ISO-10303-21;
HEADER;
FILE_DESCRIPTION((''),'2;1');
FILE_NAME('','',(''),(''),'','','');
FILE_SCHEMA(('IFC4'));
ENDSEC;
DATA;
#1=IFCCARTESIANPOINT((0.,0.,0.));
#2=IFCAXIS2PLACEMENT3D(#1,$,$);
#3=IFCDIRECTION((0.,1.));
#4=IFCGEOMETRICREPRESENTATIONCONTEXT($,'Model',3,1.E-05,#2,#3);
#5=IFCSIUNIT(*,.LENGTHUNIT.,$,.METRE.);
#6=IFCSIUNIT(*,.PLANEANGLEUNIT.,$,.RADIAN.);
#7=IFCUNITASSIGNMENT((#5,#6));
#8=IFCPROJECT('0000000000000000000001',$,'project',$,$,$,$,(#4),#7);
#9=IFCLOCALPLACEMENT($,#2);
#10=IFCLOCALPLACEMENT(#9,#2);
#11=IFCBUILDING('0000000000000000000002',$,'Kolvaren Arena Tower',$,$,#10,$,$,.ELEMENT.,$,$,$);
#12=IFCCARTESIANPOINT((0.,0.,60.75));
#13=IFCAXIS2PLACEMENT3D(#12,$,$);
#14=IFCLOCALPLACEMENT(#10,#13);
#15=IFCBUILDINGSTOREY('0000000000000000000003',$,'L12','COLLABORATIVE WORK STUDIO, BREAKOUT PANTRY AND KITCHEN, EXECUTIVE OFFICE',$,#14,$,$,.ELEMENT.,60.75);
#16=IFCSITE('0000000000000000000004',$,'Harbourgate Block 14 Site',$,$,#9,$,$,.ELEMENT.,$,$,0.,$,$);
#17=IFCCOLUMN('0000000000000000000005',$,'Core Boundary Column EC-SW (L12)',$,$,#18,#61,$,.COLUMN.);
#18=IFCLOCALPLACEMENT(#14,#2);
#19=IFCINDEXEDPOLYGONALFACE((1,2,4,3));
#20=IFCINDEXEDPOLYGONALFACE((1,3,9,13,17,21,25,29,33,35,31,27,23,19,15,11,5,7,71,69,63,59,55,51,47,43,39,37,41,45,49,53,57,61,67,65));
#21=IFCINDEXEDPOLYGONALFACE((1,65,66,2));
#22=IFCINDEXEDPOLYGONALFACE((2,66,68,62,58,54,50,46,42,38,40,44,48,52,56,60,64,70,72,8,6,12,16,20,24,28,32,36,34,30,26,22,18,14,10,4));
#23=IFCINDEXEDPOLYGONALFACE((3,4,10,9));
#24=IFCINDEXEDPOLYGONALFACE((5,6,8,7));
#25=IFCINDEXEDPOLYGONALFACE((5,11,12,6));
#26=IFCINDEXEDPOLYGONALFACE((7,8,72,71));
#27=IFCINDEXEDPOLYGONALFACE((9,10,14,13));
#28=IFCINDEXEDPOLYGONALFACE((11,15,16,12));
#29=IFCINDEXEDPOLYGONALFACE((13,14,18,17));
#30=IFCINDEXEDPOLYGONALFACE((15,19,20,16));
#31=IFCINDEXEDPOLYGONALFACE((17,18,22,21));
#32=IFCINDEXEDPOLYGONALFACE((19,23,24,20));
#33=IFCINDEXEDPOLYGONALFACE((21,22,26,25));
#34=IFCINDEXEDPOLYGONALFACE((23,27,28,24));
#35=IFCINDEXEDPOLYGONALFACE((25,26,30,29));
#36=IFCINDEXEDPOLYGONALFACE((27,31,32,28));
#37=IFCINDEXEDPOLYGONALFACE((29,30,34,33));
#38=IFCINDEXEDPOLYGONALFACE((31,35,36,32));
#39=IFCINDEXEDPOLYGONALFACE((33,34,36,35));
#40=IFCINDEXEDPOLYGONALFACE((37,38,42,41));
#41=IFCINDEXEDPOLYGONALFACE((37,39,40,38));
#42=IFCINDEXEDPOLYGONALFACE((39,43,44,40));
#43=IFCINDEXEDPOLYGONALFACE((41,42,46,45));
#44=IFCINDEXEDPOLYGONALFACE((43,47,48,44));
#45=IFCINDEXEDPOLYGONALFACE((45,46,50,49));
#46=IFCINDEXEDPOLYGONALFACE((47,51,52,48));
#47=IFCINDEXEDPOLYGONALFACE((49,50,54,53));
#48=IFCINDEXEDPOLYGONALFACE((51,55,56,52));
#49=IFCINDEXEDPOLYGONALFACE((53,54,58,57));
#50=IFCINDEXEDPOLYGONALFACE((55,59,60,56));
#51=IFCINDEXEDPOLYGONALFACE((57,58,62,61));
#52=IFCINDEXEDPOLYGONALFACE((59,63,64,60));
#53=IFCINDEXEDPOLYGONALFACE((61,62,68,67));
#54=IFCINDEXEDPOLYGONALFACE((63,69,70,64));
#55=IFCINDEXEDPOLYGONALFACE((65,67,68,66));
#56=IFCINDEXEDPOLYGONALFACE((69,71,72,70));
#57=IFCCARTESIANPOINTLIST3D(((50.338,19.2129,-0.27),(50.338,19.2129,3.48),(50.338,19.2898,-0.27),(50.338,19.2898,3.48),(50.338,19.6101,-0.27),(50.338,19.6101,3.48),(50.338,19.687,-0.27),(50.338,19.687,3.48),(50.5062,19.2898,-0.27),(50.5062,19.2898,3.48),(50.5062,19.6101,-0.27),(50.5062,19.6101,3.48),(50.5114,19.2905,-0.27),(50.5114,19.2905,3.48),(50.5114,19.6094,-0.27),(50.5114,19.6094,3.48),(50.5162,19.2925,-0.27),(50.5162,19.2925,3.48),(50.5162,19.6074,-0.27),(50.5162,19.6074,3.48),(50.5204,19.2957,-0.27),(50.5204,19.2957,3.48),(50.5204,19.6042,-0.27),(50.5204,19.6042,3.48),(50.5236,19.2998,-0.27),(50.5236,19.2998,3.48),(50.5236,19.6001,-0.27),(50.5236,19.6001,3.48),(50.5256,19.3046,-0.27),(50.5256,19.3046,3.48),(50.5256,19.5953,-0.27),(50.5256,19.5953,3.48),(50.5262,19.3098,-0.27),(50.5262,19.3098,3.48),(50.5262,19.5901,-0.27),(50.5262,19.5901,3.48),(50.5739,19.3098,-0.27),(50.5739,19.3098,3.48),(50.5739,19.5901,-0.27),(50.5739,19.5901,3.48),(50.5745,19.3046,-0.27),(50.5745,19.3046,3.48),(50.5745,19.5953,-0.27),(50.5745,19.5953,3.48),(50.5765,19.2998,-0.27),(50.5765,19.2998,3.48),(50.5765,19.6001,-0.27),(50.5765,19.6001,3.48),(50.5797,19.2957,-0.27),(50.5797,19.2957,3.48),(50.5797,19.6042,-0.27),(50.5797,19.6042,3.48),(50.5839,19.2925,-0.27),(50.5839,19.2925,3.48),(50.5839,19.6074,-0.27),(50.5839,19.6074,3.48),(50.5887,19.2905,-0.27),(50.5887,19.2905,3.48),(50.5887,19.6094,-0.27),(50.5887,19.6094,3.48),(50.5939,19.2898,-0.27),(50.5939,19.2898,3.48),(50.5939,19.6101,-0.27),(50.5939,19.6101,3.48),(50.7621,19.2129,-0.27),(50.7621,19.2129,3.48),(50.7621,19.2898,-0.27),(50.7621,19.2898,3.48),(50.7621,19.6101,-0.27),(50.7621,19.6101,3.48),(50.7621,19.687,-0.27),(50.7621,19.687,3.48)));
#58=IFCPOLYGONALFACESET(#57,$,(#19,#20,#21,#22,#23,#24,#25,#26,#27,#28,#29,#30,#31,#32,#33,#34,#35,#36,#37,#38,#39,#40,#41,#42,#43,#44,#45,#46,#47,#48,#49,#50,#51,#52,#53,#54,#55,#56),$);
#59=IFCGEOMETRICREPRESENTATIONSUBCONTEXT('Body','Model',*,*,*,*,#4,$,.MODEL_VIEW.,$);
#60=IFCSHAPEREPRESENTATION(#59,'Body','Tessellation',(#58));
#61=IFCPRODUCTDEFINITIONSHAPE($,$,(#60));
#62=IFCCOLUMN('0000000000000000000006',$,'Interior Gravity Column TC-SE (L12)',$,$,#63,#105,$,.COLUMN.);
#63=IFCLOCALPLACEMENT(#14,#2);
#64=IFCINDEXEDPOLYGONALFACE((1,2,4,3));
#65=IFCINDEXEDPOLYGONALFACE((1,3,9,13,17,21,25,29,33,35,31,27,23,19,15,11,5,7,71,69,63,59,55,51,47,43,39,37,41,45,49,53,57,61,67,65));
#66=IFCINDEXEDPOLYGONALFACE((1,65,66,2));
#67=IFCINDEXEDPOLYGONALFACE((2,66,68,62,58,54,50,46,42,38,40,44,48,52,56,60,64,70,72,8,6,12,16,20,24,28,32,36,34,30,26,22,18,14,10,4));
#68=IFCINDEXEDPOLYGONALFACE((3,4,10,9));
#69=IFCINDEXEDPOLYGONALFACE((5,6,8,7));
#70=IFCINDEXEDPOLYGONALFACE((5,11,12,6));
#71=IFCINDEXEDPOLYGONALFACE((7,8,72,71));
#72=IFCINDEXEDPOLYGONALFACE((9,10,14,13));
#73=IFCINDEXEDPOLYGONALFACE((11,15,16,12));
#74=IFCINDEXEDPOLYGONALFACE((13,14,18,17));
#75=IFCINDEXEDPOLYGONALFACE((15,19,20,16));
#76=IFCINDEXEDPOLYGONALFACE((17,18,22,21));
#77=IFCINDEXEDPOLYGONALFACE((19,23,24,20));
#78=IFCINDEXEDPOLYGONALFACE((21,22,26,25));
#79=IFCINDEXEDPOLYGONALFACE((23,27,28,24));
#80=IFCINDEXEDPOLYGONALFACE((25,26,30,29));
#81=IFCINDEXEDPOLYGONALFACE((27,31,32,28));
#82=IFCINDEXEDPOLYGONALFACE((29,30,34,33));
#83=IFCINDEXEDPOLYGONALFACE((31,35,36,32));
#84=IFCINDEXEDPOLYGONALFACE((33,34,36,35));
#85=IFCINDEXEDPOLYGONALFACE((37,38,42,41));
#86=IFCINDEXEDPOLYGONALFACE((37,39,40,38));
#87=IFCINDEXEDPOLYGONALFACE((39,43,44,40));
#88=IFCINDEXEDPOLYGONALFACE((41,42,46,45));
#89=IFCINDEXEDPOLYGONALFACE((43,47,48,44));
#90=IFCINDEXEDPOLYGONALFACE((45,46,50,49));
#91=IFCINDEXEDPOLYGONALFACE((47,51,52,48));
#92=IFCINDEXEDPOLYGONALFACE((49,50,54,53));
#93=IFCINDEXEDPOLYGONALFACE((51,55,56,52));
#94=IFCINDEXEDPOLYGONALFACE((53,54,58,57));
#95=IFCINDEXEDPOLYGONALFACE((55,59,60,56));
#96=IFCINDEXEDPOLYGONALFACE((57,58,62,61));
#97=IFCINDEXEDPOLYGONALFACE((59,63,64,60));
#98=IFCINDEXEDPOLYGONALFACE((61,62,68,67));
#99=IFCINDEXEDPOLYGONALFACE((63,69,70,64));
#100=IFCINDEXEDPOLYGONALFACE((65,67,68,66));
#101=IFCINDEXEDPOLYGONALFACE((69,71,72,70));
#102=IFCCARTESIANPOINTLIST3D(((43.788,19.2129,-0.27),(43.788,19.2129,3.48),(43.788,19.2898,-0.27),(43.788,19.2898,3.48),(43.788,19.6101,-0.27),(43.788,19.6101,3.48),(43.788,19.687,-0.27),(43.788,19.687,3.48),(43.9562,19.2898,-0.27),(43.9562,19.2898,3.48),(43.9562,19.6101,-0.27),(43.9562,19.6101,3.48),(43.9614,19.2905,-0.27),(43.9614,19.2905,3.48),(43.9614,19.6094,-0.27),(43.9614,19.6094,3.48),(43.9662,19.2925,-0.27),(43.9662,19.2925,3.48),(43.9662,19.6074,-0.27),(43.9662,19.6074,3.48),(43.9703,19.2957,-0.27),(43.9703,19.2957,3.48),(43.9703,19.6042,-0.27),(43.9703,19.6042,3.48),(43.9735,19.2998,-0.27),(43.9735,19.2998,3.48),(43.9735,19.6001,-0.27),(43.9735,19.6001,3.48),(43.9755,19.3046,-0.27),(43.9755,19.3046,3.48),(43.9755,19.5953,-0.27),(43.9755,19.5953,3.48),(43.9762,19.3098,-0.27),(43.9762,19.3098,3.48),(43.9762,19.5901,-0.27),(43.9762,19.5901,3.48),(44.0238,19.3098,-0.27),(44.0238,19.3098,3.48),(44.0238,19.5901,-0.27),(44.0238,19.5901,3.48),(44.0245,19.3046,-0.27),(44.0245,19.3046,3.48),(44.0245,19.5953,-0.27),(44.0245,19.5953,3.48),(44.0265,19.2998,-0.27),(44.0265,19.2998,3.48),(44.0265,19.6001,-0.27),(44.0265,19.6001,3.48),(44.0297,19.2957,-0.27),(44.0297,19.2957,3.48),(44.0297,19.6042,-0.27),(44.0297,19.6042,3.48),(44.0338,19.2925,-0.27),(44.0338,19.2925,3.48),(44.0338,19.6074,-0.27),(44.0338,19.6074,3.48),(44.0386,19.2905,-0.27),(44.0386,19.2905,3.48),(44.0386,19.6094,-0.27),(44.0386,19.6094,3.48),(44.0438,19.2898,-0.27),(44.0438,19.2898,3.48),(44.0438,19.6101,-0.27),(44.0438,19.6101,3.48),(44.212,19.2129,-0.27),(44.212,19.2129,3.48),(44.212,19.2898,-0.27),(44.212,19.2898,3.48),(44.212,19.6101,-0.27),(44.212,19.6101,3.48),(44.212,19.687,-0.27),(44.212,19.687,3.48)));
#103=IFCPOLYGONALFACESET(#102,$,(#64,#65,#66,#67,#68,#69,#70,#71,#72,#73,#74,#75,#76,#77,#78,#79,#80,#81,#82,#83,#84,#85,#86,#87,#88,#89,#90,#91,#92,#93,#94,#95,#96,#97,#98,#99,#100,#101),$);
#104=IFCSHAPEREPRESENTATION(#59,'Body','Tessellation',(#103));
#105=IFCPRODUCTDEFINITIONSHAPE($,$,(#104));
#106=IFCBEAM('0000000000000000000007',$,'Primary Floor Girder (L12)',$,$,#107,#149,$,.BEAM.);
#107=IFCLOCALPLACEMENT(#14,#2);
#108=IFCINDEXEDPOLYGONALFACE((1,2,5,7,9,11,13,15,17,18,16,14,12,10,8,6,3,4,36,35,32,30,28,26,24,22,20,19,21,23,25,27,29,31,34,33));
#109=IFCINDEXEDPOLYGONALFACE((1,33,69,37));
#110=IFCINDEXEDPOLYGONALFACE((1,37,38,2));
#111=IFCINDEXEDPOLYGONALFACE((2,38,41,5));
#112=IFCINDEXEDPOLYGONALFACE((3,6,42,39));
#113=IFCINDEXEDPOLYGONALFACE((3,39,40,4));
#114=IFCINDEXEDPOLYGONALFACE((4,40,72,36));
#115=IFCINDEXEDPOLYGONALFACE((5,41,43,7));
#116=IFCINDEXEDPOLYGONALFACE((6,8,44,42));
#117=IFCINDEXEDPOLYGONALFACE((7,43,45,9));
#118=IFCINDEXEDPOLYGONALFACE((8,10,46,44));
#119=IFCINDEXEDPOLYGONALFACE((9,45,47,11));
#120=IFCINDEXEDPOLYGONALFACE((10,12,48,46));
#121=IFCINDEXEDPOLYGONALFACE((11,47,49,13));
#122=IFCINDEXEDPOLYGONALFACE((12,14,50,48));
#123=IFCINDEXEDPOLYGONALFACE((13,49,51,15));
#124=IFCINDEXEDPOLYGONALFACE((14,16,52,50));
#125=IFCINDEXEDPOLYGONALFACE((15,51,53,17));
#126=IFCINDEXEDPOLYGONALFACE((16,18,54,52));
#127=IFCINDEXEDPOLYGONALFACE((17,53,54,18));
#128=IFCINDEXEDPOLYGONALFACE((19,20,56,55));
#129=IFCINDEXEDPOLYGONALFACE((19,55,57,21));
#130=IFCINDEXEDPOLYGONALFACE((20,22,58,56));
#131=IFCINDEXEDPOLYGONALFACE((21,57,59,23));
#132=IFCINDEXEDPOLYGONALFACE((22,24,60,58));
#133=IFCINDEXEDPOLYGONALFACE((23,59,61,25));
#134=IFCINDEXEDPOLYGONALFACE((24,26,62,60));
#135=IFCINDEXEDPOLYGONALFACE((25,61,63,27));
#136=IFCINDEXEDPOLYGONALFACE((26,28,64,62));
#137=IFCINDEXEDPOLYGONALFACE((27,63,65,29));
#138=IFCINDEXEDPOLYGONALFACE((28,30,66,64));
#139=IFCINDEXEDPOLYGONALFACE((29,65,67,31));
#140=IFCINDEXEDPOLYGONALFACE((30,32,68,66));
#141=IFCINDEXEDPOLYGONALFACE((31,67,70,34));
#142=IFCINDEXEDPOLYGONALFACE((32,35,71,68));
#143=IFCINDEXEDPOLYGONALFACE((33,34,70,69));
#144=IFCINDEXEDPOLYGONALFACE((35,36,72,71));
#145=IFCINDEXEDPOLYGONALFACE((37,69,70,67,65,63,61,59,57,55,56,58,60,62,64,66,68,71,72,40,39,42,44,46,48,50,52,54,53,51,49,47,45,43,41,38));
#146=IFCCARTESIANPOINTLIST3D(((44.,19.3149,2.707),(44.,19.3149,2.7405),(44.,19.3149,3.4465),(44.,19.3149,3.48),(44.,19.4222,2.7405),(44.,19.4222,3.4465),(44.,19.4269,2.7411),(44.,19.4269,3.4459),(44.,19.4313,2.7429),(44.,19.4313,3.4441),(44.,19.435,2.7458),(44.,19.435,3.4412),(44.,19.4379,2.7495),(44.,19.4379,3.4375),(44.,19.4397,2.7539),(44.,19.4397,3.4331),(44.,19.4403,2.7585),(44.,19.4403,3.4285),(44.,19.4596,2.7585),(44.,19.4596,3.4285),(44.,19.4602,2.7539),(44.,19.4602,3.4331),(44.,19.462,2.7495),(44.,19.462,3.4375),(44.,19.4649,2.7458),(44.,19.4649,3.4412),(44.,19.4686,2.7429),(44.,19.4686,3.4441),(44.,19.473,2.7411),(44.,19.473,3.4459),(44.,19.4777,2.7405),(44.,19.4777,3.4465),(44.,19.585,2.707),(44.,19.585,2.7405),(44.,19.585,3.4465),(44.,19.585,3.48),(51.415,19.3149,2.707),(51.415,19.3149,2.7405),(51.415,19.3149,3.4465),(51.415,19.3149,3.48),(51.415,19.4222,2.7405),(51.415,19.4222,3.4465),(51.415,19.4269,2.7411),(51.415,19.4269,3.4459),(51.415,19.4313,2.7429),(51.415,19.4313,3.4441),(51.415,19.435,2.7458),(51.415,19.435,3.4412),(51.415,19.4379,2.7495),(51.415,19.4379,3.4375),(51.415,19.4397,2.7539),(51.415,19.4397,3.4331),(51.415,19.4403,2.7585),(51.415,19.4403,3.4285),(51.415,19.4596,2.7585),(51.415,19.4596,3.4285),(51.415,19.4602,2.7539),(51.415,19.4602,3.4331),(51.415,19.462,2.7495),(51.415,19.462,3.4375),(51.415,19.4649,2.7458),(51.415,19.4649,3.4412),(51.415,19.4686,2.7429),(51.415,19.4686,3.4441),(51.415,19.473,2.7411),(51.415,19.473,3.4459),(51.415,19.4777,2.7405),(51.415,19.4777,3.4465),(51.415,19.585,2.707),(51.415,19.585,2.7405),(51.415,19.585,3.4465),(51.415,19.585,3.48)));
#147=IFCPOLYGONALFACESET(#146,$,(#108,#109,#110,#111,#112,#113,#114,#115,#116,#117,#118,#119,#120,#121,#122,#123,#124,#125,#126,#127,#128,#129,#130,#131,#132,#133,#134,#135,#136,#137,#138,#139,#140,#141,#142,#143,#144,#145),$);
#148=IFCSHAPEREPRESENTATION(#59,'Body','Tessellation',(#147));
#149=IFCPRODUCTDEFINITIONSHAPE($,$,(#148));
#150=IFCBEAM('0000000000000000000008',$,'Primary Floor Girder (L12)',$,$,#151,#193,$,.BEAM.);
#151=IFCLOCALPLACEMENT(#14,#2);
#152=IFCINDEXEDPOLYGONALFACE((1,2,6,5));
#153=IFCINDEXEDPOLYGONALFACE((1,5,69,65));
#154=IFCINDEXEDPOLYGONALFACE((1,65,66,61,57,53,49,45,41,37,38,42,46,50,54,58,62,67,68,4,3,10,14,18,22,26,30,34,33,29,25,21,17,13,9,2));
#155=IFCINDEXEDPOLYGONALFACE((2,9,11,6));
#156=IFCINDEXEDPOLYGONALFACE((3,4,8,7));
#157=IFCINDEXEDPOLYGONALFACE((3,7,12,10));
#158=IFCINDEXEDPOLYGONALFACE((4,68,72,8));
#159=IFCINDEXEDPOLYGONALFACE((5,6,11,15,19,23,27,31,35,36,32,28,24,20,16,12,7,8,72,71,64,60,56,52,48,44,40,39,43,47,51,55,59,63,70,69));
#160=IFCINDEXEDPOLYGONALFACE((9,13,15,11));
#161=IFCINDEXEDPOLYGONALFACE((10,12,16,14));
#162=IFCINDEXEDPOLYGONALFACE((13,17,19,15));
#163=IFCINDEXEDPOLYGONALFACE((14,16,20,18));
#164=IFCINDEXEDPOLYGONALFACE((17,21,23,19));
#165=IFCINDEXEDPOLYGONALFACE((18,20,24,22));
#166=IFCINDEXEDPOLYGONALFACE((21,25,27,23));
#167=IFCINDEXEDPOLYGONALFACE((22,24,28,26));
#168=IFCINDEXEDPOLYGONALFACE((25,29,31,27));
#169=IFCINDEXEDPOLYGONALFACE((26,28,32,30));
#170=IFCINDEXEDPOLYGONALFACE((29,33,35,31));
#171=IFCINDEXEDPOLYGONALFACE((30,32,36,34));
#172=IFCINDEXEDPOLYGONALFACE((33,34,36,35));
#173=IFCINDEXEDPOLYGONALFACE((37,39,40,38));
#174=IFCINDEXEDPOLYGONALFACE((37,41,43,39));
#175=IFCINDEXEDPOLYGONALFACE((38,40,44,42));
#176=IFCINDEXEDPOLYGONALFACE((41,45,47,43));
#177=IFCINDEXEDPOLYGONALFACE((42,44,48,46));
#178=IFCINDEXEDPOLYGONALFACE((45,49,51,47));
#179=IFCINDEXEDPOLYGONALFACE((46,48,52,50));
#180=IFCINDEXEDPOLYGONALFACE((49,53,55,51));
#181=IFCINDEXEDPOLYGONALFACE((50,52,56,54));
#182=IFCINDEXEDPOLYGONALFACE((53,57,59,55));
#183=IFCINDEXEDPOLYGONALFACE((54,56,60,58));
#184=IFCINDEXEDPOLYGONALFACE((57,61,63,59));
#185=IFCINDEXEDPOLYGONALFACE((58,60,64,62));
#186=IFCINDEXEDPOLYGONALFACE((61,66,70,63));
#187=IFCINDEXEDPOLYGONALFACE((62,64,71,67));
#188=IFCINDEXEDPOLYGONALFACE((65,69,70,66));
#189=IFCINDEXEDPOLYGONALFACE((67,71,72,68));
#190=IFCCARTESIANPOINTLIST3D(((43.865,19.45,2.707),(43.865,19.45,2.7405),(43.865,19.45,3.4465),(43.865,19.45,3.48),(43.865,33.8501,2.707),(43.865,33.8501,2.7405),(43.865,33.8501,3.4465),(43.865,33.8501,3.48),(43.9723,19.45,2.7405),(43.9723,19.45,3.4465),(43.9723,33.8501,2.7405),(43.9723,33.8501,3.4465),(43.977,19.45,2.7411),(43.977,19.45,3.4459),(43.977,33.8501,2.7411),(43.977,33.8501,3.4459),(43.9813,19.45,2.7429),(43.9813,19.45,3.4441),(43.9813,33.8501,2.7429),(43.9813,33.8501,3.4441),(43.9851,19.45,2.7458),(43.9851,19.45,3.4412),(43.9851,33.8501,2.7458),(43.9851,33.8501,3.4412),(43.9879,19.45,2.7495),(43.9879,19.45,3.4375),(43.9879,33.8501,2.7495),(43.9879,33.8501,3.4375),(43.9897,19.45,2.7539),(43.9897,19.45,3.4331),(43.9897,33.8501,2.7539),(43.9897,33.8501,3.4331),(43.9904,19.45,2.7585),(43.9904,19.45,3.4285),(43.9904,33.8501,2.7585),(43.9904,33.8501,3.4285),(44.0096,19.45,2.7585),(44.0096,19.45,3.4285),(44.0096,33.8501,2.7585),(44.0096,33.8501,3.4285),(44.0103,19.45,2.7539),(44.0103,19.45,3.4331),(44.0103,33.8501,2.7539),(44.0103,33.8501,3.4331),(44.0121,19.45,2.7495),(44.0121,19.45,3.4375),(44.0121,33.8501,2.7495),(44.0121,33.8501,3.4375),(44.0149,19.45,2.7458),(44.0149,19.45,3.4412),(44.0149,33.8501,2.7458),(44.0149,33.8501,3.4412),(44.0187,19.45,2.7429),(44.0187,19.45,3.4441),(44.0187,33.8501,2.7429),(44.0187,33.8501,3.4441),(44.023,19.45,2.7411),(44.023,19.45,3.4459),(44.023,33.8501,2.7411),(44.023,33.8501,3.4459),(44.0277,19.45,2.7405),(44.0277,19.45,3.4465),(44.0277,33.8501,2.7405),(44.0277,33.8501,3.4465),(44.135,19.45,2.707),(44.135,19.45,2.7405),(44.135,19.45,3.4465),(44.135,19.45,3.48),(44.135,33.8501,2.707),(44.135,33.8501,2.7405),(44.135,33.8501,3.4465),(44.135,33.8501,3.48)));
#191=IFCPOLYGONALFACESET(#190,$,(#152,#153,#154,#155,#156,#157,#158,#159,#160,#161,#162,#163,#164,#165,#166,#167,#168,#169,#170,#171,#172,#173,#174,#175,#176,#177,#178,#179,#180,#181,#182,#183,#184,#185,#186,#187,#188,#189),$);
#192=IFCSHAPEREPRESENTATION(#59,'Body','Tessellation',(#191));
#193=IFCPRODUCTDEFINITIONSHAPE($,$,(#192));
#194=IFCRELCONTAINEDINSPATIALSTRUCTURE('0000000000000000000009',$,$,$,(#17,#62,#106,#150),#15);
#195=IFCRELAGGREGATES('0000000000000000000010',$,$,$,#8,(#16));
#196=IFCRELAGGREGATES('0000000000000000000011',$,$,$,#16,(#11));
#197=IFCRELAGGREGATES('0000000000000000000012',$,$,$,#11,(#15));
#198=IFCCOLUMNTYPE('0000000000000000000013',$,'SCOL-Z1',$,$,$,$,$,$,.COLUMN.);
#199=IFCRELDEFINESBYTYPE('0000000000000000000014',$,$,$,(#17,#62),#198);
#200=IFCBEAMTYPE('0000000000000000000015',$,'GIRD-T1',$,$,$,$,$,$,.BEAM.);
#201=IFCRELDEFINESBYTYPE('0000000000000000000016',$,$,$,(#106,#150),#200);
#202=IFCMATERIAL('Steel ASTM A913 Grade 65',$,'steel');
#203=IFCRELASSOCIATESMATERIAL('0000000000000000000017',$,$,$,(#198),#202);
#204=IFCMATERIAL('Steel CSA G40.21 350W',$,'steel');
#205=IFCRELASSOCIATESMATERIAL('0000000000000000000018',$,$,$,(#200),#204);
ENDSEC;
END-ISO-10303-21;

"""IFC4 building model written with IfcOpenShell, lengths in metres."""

from ifc_helpers import new_model, si_unit, direction, frame, origin, origin_2d, place, context, subcontext, project, spatial, i_section, extrude, material, material_profile, profile_set, type_object, element, save


model = new_model("IFC4")

# Units and contexts
model_context = context("Model", 3, precision=1e-05, world=origin(), true_north=direction((0.0, 1.0)))
body_context = subcontext(model_context, "Body", "Model", "MODEL_VIEW")
ifc_project = project(units=[si_unit("LENGTHUNIT", "METRE"), si_unit("PLANEANGLEUNIT", "RADIAN")], contexts=[model_context])

# Site, building, storey
site_placement = place(None, origin())
site = spatial("IfcSite", under=ifc_project, at=site_placement, Name="Harbourgate Block 14 Site", CompositionType="ELEMENT", RefElevation=0.0)
building_placement = place(site_placement, origin())
building = spatial("IfcBuilding", under=site, at=building_placement, Name="Kolvaren Arena Tower", CompositionType="ELEMENT")
storey_placement = place(building_placement, frame((0.0, 0.0, 60.75)))
storey = spatial("IfcBuildingStorey", under=building, at=storey_placement, Name="L12", Description="COLLABORATIVE WORK STUDIO, BREAKOUT PANTRY AND KITCHEN, EXECUTIVE OFFICE", CompositionType="ELEMENT", Elevation=60.75)

# Columns
ifc_material_1 = material(Name="Steel ASTM A913 Grade 65", Category="steel")
ifc_material_profile_1 = material_profile(ifc_material_1, i_section(OverallWidth=0.4241, OverallDepth=0.4741, WebThickness=0.0476, FlangeThickness=0.0769, FilletRadius=0.02, at=origin_2d()), Name="W360x634")
ifc_profile_set_1 = profile_set([ifc_material_profile_1], Name="Steel ASTM A913 Grade 65")
column_type = type_object("IfcColumnType", Name="SCOL-Z1", PredefinedType="COLUMN", material=ifc_profile_set_1)
for number, where, z_axis, x_axis, name in (
    (1, (50.55, 19.45, -0.27), (0.0, 0.0, 1.0), (1.0, 0.0, 0.0), "Core Boundary Column EC-SW (L12)"),
    (2, (44.0, 19.45, -0.27), (0.0, 0.0, 1.0), (1.0, 0.0, 0.0), "Interior Gravity Column TC-SE (L12)"),
):
    element("IfcColumn", number, at=place(storey_placement, frame(where, z_axis=z_axis, x_axis=x_axis)), inside=storey, type_object=column_type, Name=name, PredefinedType="COLUMN", context=body_context, shape_type="SweptSolid", body=[
        extrude(i_section(OverallWidth=0.4241, OverallDepth=0.4741, WebThickness=0.0476, FlangeThickness=0.0769, FilletRadius=0.02, at=origin_2d()), origin(), (0.0, 0.0, 1.0), 3.75),
    ])

# Beams
ifc_material_2 = material(Name="Steel CSA G40.21 350W", Category="steel")
ifc_material_profile_2 = material_profile(ifc_material_2, i_section(OverallWidth=0.27, OverallDepth=0.7729, WebThickness=0.0193, FlangeThickness=0.0334, FilletRadius=0.0181, at=origin_2d()), Name="W760x257")
ifc_profile_set_2 = profile_set([ifc_material_profile_2], Name="Steel CSA G40.21 350W")
beam_type_1 = type_object("IfcBeamType", Name="GIRD-T1", PredefinedType="BEAM", material=ifc_profile_set_2)
beam_1_placement = place(storey_placement, frame((44.0, 19.45, 3.0935), z_axis=(1.0, 0.0, 0.0), x_axis=(0.0, 1.0, 0.0)))
element("IfcBeam", 3, at=beam_1_placement, inside=storey, type_object=beam_type_1, Name="Primary Floor Girder (L12)", PredefinedType="BEAM", context=body_context, shape_type="SweptSolid", body=[
    extrude(i_section(OverallWidth=0.27, OverallDepth=0.7729, WebThickness=0.0193, FlangeThickness=0.0334, FilletRadius=0.0181, at=origin_2d()), origin(), (0.0, 0.0, 1.0), 7.415),
])
beam_2_placement = place(storey_placement, frame((44.0, 19.45, 3.0935), z_axis=(0.0, 1.0, 0.0), x_axis=(-1.0, 0.0, 0.0)))
element("IfcBeam", 4, at=beam_2_placement, inside=storey, type_object=beam_type_1, Name="Primary Floor Girder (L12)", PredefinedType="BEAM", context=body_context, shape_type="SweptSolid", body=[
    extrude(i_section(OverallWidth=0.27, OverallDepth=0.7729, WebThickness=0.0193, FlangeThickness=0.0334, FilletRadius=0.0181, at=origin_2d()), origin(), (0.0, 0.0, 1.0), 14.4001),
])

save(model, "model.ifc")
